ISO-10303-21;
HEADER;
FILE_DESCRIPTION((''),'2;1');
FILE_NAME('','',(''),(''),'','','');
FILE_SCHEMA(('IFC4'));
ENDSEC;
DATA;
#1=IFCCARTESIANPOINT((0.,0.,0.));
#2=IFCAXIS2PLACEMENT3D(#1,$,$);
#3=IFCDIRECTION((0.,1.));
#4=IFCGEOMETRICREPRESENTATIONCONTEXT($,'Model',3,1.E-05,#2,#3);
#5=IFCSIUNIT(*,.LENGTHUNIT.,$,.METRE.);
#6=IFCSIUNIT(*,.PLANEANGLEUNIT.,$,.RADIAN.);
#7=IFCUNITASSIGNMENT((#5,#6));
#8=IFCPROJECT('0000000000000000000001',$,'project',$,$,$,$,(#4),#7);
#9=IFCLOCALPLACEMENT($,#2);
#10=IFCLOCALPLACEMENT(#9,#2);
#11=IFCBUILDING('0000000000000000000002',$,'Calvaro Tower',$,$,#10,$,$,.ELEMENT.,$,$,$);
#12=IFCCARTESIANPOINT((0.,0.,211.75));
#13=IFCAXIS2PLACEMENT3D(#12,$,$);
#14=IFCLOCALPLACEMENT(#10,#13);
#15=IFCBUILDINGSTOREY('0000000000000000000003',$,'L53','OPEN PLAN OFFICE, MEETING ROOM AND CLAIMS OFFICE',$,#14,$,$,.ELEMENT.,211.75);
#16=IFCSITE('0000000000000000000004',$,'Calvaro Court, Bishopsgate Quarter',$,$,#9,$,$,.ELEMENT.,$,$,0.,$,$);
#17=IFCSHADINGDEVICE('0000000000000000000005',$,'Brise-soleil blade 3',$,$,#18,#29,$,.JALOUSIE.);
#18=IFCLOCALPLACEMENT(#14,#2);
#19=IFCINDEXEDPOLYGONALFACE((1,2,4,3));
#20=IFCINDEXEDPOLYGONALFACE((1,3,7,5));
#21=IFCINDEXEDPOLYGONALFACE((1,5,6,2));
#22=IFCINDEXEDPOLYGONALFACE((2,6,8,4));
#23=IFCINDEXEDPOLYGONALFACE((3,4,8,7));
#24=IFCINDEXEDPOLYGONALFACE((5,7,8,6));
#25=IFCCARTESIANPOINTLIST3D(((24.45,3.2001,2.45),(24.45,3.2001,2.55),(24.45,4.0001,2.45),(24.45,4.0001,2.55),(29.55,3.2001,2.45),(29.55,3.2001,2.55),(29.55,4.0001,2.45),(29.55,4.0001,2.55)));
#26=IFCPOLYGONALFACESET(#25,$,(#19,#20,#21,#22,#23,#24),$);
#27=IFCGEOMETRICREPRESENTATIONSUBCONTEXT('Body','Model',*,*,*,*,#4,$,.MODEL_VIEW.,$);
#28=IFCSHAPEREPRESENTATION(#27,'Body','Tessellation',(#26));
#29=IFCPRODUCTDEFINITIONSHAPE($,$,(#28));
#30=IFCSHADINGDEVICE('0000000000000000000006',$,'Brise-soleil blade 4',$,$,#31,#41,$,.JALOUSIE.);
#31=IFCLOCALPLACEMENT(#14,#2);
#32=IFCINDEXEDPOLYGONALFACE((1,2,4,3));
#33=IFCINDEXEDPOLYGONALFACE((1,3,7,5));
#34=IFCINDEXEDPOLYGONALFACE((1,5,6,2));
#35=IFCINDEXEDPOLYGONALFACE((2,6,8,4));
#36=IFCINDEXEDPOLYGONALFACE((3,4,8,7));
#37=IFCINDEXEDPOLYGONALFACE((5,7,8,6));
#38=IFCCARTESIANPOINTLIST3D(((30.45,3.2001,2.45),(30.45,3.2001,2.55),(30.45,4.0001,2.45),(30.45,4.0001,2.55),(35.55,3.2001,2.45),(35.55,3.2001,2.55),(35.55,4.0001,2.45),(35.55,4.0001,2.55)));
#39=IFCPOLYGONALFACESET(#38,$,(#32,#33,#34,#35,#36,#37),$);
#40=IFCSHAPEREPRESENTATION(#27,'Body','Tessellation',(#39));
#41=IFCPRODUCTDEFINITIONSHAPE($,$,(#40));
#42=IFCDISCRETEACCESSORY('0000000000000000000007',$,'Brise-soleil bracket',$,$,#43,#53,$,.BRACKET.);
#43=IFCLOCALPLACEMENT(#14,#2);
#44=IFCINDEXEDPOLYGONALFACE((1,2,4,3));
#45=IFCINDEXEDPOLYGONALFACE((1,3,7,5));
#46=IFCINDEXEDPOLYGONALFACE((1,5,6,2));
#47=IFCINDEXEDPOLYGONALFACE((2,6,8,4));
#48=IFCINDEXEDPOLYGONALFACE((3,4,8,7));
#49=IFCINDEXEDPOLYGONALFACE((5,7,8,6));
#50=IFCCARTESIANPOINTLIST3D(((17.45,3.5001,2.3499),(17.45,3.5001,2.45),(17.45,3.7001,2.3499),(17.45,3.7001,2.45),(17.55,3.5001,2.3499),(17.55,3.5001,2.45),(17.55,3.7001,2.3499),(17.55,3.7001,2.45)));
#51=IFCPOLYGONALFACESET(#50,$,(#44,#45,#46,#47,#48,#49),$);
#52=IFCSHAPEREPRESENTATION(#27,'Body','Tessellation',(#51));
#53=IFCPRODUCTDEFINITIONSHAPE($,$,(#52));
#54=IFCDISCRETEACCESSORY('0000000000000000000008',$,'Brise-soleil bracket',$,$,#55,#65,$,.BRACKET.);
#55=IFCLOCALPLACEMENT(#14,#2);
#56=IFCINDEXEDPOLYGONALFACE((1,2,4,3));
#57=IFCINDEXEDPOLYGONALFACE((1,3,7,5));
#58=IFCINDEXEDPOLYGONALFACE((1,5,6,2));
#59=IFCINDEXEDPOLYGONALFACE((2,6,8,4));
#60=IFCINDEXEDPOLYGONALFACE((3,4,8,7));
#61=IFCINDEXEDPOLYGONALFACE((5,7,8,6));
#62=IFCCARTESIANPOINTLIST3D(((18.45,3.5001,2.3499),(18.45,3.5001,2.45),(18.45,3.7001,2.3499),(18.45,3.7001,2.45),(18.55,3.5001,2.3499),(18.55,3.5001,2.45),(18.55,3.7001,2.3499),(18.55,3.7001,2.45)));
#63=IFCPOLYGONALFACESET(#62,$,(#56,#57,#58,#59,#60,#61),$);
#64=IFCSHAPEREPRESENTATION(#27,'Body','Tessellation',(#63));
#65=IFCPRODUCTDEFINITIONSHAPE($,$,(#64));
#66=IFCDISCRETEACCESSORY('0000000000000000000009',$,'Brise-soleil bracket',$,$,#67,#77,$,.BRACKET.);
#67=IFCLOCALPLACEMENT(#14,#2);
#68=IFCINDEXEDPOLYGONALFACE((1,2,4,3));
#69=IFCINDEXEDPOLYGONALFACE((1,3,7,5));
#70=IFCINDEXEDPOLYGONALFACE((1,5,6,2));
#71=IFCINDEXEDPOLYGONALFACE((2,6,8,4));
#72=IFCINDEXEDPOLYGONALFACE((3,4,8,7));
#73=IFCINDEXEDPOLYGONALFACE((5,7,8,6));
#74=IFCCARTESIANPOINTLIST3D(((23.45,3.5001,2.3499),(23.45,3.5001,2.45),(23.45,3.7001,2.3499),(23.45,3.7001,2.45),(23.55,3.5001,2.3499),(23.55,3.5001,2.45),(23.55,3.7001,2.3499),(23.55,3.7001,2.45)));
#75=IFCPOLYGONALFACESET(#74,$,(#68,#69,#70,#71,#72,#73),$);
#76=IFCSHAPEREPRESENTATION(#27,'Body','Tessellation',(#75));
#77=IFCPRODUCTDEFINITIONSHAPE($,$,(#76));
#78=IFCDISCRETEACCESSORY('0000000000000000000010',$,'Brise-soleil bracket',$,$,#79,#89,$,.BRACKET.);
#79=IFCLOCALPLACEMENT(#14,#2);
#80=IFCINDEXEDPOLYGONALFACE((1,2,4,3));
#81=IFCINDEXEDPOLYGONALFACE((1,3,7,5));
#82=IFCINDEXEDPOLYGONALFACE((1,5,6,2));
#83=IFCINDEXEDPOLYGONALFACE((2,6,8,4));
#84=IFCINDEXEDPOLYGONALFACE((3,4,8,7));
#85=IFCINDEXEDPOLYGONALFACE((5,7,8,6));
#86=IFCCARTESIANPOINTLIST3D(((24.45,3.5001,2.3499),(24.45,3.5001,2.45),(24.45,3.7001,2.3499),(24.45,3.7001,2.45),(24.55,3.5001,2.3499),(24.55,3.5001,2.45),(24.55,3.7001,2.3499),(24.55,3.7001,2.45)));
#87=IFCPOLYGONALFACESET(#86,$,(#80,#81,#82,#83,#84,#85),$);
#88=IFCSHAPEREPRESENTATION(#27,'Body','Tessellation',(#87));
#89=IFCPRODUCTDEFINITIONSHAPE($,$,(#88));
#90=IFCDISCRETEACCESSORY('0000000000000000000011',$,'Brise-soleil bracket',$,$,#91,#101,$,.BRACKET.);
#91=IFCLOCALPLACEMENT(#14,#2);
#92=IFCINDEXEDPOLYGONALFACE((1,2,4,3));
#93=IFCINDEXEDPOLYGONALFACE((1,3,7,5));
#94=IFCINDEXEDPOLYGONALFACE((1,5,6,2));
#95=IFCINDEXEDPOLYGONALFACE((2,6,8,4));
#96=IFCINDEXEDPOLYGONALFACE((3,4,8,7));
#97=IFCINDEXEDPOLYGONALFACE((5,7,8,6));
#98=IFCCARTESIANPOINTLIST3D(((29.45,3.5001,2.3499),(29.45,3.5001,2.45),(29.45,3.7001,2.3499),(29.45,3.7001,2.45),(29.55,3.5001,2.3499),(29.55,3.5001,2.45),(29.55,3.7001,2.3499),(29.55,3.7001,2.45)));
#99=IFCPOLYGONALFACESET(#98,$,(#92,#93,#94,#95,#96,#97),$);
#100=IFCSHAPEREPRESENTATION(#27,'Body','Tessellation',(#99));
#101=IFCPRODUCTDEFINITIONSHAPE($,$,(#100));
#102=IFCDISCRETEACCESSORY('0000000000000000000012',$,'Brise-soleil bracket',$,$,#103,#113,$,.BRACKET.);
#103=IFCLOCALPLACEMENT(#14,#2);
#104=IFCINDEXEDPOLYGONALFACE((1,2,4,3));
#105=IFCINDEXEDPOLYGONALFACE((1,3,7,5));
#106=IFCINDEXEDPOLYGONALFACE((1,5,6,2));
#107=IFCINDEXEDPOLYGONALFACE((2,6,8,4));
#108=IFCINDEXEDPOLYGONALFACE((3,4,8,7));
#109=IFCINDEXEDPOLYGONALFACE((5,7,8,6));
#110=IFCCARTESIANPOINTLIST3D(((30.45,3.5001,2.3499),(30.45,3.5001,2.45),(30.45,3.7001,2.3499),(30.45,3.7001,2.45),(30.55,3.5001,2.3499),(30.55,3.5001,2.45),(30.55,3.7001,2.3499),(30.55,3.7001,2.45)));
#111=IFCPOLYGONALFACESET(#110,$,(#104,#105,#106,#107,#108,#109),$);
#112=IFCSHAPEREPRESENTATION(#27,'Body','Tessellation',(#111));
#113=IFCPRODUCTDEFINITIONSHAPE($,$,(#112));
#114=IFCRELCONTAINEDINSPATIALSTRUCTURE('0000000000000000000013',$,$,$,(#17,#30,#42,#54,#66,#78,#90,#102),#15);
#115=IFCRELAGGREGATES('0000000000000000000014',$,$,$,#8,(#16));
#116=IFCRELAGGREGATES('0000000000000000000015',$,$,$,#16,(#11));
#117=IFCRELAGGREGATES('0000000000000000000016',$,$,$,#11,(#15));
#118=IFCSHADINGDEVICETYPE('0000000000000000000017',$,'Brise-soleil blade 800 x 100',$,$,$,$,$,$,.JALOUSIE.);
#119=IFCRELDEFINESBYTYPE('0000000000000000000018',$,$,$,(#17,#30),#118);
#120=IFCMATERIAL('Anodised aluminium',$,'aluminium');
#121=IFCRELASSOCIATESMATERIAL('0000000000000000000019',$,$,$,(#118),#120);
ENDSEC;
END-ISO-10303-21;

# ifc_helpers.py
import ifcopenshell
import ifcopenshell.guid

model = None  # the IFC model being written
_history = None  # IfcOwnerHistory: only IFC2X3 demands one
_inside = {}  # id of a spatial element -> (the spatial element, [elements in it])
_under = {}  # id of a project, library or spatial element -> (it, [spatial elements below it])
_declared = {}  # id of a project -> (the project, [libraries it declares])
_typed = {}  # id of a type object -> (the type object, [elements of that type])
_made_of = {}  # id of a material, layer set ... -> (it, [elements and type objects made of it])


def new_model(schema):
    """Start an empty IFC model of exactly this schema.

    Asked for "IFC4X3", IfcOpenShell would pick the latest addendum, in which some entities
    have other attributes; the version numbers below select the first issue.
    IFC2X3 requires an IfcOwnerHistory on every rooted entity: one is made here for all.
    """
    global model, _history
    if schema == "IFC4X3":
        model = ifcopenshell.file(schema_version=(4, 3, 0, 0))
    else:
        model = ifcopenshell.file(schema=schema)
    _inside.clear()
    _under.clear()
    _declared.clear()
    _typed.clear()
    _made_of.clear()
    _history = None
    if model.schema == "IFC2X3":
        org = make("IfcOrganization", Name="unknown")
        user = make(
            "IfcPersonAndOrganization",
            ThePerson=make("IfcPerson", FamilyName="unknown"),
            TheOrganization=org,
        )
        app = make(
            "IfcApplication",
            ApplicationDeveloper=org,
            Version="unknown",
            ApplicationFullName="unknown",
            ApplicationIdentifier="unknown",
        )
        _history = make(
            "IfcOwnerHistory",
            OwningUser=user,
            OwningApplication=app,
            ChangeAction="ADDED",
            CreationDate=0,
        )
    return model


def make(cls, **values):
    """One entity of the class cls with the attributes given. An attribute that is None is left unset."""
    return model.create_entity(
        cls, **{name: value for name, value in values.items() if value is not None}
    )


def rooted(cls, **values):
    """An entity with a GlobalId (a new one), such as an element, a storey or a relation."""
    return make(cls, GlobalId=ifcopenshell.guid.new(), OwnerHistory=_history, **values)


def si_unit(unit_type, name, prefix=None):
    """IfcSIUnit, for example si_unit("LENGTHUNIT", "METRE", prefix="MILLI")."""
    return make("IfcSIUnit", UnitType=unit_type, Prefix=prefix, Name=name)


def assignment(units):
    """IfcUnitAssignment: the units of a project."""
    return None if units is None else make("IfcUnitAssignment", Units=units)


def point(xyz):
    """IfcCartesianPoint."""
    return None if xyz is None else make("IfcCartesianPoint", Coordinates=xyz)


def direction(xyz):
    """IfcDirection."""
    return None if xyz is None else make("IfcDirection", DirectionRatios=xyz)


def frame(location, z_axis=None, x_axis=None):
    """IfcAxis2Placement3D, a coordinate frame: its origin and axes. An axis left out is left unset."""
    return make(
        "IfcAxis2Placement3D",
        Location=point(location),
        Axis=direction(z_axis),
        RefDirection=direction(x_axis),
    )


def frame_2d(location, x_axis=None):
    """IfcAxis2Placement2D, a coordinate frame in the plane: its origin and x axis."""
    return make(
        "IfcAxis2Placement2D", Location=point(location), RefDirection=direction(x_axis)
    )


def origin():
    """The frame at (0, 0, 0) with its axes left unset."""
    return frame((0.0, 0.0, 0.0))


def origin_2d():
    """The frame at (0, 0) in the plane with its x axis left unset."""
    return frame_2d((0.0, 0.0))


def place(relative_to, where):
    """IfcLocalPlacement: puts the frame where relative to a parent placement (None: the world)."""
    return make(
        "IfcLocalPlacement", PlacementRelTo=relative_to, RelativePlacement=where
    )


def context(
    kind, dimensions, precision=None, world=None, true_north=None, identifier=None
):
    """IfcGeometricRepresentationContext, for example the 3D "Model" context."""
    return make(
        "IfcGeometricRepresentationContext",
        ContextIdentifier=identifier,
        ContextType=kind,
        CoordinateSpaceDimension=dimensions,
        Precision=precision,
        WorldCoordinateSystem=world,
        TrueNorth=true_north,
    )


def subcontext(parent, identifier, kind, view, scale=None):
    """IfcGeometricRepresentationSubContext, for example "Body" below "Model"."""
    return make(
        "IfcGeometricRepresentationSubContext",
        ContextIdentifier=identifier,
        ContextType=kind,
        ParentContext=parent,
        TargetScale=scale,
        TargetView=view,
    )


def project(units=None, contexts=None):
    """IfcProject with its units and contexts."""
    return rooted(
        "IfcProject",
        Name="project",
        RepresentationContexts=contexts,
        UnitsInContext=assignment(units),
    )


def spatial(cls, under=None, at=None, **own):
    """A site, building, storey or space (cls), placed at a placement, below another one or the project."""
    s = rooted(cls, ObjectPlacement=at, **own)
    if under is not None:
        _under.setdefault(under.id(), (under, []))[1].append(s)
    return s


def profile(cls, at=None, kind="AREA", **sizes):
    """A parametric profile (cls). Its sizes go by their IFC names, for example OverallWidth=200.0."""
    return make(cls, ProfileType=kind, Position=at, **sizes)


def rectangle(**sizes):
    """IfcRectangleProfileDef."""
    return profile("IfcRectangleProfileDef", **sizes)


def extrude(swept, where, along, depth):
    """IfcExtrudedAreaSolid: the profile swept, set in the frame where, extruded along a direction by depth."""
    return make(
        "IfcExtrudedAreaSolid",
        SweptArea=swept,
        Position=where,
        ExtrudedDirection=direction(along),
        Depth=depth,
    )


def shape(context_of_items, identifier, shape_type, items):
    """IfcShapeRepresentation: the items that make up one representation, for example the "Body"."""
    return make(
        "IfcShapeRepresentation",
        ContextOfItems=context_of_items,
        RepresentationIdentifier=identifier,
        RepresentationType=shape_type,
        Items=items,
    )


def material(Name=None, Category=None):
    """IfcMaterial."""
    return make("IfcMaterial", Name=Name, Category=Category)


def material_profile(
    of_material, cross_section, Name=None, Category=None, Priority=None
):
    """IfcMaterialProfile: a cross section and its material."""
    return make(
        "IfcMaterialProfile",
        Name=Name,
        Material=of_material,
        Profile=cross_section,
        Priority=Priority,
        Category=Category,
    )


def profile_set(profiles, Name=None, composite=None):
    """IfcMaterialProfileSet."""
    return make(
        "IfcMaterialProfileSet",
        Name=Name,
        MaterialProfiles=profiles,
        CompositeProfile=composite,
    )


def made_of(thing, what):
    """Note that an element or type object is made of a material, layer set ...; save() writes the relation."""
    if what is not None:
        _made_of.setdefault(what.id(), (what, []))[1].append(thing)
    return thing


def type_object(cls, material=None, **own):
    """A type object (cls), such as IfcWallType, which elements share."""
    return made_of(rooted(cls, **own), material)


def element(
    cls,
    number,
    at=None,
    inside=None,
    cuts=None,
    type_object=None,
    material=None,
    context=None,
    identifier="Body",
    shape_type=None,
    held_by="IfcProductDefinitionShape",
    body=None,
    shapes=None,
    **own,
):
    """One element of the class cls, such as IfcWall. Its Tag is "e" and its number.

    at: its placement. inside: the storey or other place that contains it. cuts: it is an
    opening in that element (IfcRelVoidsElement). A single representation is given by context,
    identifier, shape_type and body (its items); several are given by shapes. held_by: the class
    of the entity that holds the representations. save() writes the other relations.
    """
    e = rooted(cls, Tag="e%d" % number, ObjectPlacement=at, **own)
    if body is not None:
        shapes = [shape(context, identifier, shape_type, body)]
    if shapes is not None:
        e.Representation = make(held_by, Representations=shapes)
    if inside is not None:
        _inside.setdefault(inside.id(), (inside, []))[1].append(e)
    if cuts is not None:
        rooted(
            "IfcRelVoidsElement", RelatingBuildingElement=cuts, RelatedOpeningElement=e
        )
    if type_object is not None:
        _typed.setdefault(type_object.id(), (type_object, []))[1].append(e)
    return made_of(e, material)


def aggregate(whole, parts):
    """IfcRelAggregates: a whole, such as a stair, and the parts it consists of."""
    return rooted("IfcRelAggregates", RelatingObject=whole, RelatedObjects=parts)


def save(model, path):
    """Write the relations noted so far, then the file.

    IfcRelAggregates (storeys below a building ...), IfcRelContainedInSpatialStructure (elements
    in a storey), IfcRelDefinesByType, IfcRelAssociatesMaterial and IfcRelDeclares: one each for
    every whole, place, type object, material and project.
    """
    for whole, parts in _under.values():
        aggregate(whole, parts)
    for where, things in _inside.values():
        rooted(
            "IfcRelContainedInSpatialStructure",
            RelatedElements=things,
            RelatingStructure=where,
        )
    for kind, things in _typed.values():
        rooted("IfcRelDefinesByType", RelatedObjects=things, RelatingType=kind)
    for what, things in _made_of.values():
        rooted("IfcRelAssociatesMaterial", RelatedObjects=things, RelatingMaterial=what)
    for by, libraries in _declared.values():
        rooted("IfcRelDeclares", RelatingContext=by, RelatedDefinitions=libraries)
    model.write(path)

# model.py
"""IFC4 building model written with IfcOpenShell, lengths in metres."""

from ifc_helpers import new_model, si_unit, direction, frame, origin, origin_2d, place, context, subcontext, project, spatial, rectangle, extrude, material, material_profile, profile_set, type_object, element, save


model = new_model("IFC4")

# Units and contexts
model_context = context("Model", 3, precision=1e-05, world=origin(), true_north=direction((0.0, 1.0)))
body_context = subcontext(model_context, "Body", "Model", "MODEL_VIEW")
ifc_project = project(units=[si_unit("LENGTHUNIT", "METRE"), si_unit("PLANEANGLEUNIT", "RADIAN")], contexts=[model_context])

# Site, building, storey
site_placement = place(None, origin())
site = spatial("IfcSite", under=ifc_project, at=site_placement, Name="Calvaro Court, Bishopsgate Quarter", CompositionType="ELEMENT", RefElevation=0.0)
building_placement = place(site_placement, origin())
building = spatial("IfcBuilding", under=site, at=building_placement, Name="Calvaro Tower", CompositionType="ELEMENT")
storey_placement = place(building_placement, frame((0.0, 0.0, 211.75)))
storey = spatial("IfcBuildingStorey", under=building, at=storey_placement, Name="L53", Description="OPEN PLAN OFFICE, MEETING ROOM AND CLAIMS OFFICE", CompositionType="ELEMENT", Elevation=211.75)

# Shading devices
ifc_material_1 = material(Name="Anodised aluminium", Category="aluminium")
ifc_material_profile_1 = material_profile(ifc_material_1, rectangle(XDim=0.8, YDim=0.1001, at=origin_2d()), Name="Brise-soleil blade 800 x 100")
ifc_profile_set_1 = profile_set([ifc_material_profile_1], Name="Anodised aluminium")
shading_device_type = type_object("IfcShadingDeviceType", Name="Brise-soleil blade 800 x 100", PredefinedType="JALOUSIE", material=ifc_profile_set_1)
for number, where, z_axis, x_axis, name in (
    (1, (24.45, 3.6001, 2.5), (1.0, 0.0, 0.0), (0.0, 1.0, 0.0), "Brise-soleil blade 3"),
    (2, (30.45, 3.6001, 2.5), (1.0, 0.0, 0.0), (0.0, 1.0, 0.0), "Brise-soleil blade 4"),
):
    element("IfcShadingDevice", number, at=place(storey_placement, frame(where, z_axis=z_axis, x_axis=x_axis)), inside=storey, type_object=shading_device_type, Name=name, PredefinedType="JALOUSIE", context=body_context, shape_type="SweptSolid", body=[
        extrude(rectangle(XDim=0.8, YDim=0.1001, at=origin_2d()), origin(), (0.0, 0.0, 1.0), 5.1001),
    ])

# Discrete accessories
for number, where, z_axis, x_axis, name in (
    (3, (17.5, 3.6001, 2.3499), (0.0, 0.0, 1.0), (1.0, 0.0, 0.0), "Brise-soleil bracket"),
    (4, (18.5, 3.6001, 2.3499), (0.0, 0.0, 1.0), (1.0, 0.0, 0.0), "Brise-soleil bracket"),
    (5, (23.5, 3.6001, 2.3499), (0.0, 0.0, 1.0), (1.0, 0.0, 0.0), "Brise-soleil bracket"),
    (6, (24.5, 3.6001, 2.3499), (0.0, 0.0, 1.0), (1.0, 0.0, 0.0), "Brise-soleil bracket"),
    (7, (29.5, 3.6001, 2.3499), (0.0, 0.0, 1.0), (1.0, 0.0, 0.0), "Brise-soleil bracket"),
    (8, (30.5, 3.6001, 2.3499), (0.0, 0.0, 1.0), (1.0, 0.0, 0.0), "Brise-soleil bracket"),
):
    element("IfcDiscreteAccessory", number, at=place(storey_placement, frame(where, z_axis=z_axis, x_axis=x_axis)), inside=storey, Name=name, PredefinedType="BRACKET", context=body_context, shape_type="SweptSolid", body=[
        extrude(rectangle(XDim=0.1001, YDim=0.2, at=origin_2d()), origin(), (0.0, 0.0, 1.0), 0.1001),
    ])

save(model, "model.ifc")
